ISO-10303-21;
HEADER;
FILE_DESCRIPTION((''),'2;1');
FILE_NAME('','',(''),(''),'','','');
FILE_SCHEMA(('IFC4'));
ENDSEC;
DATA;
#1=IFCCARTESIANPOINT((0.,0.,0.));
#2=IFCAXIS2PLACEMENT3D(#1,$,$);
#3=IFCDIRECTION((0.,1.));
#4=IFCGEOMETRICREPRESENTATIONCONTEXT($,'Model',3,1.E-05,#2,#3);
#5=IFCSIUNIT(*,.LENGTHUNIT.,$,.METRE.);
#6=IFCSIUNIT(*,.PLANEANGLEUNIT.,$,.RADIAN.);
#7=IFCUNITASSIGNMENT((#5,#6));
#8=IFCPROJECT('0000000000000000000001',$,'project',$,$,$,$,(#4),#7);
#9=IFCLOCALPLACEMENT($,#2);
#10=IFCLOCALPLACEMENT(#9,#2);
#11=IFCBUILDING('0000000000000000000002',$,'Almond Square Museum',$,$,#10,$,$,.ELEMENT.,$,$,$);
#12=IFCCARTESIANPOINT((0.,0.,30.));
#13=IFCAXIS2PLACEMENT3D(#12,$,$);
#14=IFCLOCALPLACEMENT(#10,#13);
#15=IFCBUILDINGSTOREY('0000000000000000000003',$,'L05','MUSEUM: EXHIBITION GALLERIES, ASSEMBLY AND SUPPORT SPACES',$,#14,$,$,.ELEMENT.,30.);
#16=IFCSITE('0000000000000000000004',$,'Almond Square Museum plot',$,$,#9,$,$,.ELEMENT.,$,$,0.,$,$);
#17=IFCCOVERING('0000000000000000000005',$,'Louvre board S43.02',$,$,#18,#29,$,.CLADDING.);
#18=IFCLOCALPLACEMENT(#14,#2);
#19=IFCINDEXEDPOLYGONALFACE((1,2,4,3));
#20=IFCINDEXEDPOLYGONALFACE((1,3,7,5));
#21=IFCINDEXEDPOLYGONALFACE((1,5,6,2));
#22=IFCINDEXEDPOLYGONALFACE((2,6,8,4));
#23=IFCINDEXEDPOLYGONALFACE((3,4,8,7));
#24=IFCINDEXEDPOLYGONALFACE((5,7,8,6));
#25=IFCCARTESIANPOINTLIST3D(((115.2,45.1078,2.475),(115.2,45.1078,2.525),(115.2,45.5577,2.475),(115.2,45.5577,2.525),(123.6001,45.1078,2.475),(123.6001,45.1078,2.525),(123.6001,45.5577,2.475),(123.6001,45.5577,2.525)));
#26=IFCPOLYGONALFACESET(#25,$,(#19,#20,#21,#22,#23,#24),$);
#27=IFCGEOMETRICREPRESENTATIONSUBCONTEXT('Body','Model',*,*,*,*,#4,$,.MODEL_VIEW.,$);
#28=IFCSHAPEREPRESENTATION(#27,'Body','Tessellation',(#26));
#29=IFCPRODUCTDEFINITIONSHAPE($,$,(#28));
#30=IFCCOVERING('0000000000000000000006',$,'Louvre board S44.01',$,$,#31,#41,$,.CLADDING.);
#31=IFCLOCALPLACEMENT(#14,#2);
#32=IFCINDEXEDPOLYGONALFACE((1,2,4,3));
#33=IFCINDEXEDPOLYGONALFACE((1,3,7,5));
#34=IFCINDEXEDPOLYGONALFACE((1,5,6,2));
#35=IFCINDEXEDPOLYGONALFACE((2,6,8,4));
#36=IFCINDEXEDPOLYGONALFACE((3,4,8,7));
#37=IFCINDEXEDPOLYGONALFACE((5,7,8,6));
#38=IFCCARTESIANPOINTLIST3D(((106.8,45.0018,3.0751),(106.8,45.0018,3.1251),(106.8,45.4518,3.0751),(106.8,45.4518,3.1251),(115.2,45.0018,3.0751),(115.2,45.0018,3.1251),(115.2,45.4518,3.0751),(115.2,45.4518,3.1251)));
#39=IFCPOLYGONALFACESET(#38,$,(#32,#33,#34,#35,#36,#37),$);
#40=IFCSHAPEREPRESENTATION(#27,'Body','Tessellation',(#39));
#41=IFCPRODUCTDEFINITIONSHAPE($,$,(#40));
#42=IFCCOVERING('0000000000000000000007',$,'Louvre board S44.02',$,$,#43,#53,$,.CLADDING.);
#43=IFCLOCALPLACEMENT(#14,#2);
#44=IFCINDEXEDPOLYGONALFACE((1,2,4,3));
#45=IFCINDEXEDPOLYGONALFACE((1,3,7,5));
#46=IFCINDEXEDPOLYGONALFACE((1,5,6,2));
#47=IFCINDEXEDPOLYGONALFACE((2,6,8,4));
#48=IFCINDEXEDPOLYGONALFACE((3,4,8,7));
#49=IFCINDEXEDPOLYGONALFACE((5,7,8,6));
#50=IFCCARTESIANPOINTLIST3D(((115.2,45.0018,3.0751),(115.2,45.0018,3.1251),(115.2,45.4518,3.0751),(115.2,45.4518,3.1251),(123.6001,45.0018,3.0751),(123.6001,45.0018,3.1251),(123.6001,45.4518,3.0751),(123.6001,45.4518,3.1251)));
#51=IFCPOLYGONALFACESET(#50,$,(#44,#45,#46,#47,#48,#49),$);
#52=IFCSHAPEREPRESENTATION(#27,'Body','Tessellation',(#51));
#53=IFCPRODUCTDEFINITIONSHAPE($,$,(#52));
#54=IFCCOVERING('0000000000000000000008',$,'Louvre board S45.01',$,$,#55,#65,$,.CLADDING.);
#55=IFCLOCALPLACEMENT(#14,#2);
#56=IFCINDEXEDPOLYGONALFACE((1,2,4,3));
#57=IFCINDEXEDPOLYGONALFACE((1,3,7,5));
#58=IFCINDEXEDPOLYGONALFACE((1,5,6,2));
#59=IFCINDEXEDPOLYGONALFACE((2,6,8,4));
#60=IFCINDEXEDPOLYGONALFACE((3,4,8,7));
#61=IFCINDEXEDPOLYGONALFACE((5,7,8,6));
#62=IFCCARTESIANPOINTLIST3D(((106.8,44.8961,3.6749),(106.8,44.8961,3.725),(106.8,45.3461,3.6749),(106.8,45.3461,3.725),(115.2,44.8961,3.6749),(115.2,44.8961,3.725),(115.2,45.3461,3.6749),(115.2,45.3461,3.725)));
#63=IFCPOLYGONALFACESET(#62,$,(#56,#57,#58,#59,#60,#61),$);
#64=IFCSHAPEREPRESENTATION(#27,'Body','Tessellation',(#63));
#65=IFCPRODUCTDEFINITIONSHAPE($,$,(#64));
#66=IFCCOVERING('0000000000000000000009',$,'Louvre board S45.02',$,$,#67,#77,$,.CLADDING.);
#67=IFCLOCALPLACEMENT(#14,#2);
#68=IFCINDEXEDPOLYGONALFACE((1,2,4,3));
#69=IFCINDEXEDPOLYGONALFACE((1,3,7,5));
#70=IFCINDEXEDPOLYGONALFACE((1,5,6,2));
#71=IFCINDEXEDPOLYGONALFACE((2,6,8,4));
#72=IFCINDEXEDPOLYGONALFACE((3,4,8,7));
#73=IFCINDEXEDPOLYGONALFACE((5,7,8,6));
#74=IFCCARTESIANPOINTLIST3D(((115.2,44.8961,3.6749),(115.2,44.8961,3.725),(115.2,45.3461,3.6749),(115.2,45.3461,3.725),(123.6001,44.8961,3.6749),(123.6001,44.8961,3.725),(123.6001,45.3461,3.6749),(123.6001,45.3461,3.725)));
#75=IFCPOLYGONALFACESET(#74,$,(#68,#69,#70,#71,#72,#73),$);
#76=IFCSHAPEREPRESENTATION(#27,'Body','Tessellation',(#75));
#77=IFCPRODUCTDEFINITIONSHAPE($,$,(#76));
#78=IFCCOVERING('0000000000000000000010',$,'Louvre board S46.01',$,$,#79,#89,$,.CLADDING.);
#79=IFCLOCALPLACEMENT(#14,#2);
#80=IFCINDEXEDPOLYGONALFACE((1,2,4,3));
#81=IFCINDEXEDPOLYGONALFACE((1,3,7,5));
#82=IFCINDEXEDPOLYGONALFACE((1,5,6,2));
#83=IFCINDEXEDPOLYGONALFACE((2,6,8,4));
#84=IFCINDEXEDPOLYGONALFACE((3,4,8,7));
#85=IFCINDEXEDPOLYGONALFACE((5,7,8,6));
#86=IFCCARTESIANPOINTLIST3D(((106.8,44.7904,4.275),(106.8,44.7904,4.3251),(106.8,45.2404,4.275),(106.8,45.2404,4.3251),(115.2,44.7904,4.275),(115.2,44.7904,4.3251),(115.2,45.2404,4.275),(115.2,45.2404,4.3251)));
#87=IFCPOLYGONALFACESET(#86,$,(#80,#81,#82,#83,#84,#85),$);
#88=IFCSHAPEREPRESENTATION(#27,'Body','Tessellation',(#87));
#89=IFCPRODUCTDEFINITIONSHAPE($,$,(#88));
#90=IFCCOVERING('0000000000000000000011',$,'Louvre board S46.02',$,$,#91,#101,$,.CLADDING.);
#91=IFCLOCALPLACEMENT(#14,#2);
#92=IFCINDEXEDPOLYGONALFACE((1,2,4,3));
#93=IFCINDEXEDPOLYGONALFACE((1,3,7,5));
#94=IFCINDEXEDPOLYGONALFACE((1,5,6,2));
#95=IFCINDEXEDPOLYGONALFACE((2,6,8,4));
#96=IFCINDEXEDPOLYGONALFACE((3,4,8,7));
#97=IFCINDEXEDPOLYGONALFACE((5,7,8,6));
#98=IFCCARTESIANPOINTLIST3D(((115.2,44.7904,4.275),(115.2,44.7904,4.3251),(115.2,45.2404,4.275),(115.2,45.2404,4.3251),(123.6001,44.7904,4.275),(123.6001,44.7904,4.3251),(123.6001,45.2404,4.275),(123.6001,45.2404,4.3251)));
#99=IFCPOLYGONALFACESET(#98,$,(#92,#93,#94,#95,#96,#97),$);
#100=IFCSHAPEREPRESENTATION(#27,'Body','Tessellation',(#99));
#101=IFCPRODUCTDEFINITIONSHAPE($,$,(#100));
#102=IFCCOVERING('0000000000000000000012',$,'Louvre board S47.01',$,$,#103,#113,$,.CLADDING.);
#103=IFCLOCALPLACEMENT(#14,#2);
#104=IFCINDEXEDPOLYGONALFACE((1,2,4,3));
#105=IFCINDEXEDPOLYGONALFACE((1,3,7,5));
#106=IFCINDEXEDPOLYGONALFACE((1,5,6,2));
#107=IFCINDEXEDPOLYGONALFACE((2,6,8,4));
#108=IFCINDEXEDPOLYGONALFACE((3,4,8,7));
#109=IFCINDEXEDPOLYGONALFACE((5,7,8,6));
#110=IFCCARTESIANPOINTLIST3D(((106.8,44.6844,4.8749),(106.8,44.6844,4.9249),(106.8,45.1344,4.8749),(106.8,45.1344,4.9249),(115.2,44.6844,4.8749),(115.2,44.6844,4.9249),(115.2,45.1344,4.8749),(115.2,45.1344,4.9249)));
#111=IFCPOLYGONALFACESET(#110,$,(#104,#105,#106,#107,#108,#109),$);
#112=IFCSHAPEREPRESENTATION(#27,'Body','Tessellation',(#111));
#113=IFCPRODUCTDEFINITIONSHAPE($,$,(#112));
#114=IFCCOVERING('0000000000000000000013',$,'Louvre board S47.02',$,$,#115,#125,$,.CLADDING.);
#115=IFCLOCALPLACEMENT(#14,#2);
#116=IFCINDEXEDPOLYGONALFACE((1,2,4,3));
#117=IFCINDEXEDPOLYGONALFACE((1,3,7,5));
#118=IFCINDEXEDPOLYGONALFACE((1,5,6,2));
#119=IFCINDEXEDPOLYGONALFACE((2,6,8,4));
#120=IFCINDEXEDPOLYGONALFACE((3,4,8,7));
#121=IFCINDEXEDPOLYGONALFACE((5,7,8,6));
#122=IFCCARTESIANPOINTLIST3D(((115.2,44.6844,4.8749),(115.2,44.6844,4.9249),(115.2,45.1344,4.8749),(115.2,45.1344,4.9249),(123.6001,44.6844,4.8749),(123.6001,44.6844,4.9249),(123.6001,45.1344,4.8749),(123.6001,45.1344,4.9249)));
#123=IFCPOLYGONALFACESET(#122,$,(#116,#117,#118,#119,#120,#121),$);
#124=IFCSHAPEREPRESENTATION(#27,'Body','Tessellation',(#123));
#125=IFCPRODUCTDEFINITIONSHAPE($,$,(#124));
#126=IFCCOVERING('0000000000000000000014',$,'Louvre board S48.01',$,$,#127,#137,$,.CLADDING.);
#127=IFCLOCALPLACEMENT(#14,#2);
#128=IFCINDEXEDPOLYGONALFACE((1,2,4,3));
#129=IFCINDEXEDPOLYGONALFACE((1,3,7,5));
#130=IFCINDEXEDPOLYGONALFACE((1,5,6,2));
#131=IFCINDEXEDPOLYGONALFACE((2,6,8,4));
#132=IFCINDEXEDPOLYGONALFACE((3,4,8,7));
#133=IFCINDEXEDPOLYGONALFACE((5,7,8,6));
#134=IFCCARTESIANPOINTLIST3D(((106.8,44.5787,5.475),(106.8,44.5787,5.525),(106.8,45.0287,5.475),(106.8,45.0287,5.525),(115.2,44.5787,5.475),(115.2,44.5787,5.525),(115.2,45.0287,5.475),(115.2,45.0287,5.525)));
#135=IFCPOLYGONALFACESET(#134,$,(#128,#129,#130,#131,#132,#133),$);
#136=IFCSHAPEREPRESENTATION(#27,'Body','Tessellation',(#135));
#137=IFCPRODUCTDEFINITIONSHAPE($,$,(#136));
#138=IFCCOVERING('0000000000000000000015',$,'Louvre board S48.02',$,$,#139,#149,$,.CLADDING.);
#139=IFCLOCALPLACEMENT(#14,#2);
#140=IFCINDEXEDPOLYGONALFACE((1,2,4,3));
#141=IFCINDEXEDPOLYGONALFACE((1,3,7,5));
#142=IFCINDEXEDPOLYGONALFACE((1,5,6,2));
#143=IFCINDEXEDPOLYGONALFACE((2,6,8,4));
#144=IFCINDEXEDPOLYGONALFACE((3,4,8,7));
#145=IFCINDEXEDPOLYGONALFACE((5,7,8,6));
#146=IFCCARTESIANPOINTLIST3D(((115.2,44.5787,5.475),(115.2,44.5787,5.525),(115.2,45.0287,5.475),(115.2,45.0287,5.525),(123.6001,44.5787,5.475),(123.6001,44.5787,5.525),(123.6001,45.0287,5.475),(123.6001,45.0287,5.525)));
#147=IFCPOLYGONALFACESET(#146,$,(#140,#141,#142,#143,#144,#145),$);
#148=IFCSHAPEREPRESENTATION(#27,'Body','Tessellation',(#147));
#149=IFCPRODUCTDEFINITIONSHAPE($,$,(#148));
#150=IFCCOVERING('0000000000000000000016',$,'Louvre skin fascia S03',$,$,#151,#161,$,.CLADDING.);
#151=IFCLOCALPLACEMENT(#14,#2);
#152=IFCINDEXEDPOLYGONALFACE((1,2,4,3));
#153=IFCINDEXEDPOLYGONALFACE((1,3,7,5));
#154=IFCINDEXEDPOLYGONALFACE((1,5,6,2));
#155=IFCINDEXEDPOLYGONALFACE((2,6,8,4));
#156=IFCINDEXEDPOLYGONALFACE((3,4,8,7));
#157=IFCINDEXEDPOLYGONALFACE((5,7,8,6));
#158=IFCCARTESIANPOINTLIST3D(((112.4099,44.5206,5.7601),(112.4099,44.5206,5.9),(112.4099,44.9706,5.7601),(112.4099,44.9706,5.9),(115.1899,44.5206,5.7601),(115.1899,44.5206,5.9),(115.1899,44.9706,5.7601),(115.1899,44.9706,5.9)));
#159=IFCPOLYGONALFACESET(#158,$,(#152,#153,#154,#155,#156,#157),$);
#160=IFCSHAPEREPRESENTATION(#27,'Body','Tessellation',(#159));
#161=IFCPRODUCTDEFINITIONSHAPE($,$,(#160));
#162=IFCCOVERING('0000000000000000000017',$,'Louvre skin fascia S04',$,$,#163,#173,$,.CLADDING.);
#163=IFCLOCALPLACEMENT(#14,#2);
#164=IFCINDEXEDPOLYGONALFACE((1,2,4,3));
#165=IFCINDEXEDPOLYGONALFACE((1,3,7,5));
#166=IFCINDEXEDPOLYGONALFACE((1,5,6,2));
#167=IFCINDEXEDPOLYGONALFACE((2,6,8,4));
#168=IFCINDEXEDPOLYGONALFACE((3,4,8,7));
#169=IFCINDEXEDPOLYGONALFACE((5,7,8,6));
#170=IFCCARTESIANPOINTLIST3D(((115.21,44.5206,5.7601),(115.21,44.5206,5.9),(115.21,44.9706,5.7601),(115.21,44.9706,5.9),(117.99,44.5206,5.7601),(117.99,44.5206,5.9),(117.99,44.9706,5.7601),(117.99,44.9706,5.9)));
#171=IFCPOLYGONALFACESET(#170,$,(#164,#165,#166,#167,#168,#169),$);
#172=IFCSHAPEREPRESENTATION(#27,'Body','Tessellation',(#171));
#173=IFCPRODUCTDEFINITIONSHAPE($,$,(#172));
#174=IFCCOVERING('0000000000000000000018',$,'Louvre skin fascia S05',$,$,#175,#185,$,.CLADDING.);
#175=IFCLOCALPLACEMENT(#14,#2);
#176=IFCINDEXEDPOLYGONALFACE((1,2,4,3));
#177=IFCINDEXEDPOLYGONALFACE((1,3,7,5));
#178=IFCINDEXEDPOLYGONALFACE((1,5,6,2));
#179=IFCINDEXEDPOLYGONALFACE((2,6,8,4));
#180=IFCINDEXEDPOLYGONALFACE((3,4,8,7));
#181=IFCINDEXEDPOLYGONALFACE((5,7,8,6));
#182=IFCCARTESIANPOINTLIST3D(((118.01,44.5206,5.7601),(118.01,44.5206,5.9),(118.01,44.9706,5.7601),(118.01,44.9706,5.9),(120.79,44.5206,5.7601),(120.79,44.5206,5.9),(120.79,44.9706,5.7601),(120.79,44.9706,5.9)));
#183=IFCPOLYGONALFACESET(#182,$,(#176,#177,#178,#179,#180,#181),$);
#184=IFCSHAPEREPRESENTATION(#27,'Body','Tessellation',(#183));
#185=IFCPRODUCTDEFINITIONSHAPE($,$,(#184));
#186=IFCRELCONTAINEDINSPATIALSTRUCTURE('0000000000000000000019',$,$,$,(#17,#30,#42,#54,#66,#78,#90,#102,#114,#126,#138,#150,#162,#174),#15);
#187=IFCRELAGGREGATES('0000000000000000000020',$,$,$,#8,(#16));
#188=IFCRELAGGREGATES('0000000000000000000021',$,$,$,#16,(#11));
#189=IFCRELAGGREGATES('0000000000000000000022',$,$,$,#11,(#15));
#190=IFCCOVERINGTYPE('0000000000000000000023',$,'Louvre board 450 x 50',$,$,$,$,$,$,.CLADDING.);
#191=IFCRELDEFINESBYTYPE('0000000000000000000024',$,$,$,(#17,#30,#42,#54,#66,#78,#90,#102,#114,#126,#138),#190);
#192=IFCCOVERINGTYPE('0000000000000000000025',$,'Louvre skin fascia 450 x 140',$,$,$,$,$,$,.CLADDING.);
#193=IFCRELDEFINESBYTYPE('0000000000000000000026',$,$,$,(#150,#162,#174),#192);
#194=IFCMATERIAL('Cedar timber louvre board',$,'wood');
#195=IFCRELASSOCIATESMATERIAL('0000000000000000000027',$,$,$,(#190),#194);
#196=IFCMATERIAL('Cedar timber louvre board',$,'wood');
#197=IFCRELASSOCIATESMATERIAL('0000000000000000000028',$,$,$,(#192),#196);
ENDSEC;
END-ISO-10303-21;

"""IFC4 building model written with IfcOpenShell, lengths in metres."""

from ifc_helpers import new_model, si_unit, direction, frame, origin, origin_2d, place, context, subcontext, project, spatial, rectangle, extrude, material, material_profile, profile_set, type_object, element, save


model = new_model("IFC4")

# Units and contexts
model_context = context("Model", 3, precision=1e-05, world=origin(), true_north=direction((0.0, 1.0)))
body_context = subcontext(model_context, "Body", "Model", "MODEL_VIEW")
ifc_project = project(units=[si_unit("LENGTHUNIT", "METRE"), si_unit("PLANEANGLEUNIT", "RADIAN")], contexts=[model_context])

# Site, building, storey
site_placement = place(None, origin())
site = spatial("IfcSite", under=ifc_project, at=site_placement, Name="Almond Square Museum plot", CompositionType="ELEMENT", RefElevation=0.0)
building_placement = place(site_placement, origin())
building = spatial("IfcBuilding", under=site, at=building_placement, Name="Almond Square Museum", CompositionType="ELEMENT")
storey_placement = place(building_placement, frame((0.0, 0.0, 30.0)))
storey = spatial("IfcBuildingStorey", under=building, at=storey_placement, Name="L05", Description="MUSEUM: EXHIBITION GALLERIES, ASSEMBLY AND SUPPORT SPACES", CompositionType="ELEMENT", Elevation=30.0)

# Coverings
ifc_material_1 = material(Name="Cedar timber louvre board", Category="wood")
ifc_material_profile_1 = material_profile(ifc_material_1, rectangle(XDim=0.45, YDim=0.05, at=origin_2d()))
ifc_profile_set_1 = profile_set([ifc_material_profile_1], Name="Cedar timber louvre board")
covering_type_1 = type_object("IfcCoveringType", Name="Louvre board 450 x 50", PredefinedType="CLADDING", material=ifc_profile_set_1)
covering_1_placement = place(storey_placement, frame((115.2, 45.3328, 2.5), z_axis=(1.0, 0.0, 0.0), x_axis=(0.0, 1.0, 0.0)))
element("IfcCovering", 1, at=covering_1_placement, inside=storey, type_object=covering_type_1, Name="Louvre board S43.02", PredefinedType="CLADDING", context=body_context, shape_type="SweptSolid", body=[
    extrude(rectangle(XDim=0.45, YDim=0.05, at=origin_2d()), origin(), (0.0, 0.0, 1.0), 8.4001),
])
covering_2_placement = place(storey_placement, frame((106.8, 45.2268, 3.1001), z_axis=(1.0, 0.0, 0.0), x_axis=(0.0, 1.0, 0.0)))
element("IfcCovering", 2, at=covering_2_placement, inside=storey, type_object=covering_type_1, Name="Louvre board S44.01", PredefinedType="CLADDING", context=body_context, shape_type="SweptSolid", body=[
    extrude(rectangle(XDim=0.45, YDim=0.05, at=origin_2d()), origin(), (0.0, 0.0, 1.0), 8.3999),
])
covering_3_placement = place(storey_placement, frame((115.2, 45.2268, 3.1001), z_axis=(1.0, 0.0, 0.0), x_axis=(0.0, 1.0, 0.0)))
element("IfcCovering", 3, at=covering_3_placement, inside=storey, type_object=covering_type_1, Name="Louvre board S44.02", PredefinedType="CLADDING", context=body_context, shape_type="SweptSolid", body=[
    extrude(rectangle(XDim=0.45, YDim=0.05, at=origin_2d()), origin(), (0.0, 0.0, 1.0), 8.4001),
])
covering_4_placement = place(storey_placement, frame((106.8, 45.1211, 3.7), z_axis=(1.0, 0.0, 0.0), x_axis=(0.0, 1.0, 0.0)))
element("IfcCovering", 4, at=covering_4_placement, inside=storey, type_object=covering_type_1, Name="Louvre board S45.01", PredefinedType="CLADDING", context=body_context, shape_type="SweptSolid", body=[
    extrude(rectangle(XDim=0.45, YDim=0.05, at=origin_2d()), origin(), (0.0, 0.0, 1.0), 8.3999),
])
covering_5_placement = place(storey_placement, frame((115.2, 45.1211, 3.7), z_axis=(1.0, 0.0, 0.0), x_axis=(0.0, 1.0, 0.0)))
element("IfcCovering", 5, at=covering_5_placement, inside=storey, type_object=covering_type_1, Name="Louvre board S45.02", PredefinedType="CLADDING", context=body_context, shape_type="SweptSolid", body=[
    extrude(rectangle(XDim=0.45, YDim=0.05, at=origin_2d()), origin(), (0.0, 0.0, 1.0), 8.4001),
])
covering_6_placement = place(storey_placement, frame((106.8, 45.0154, 4.3), z_axis=(1.0, 0.0, 0.0), x_axis=(0.0, 1.0, 0.0)))
element("IfcCovering", 6, at=covering_6_placement, inside=storey, type_object=covering_type_1, Name="Louvre board S46.01", PredefinedType="CLADDING", context=body_context, shape_type="SweptSolid", body=[
    extrude(rectangle(XDim=0.45, YDim=0.05, at=origin_2d()), origin(), (0.0, 0.0, 1.0), 8.3999),
])
covering_7_placement = place(storey_placement, frame((115.2, 45.0154, 4.3), z_axis=(1.0, 0.0, 0.0), x_axis=(0.0, 1.0, 0.0)))
element("IfcCovering", 7, at=covering_7_placement, inside=storey, type_object=covering_type_1, Name="Louvre board S46.02", PredefinedType="CLADDING", context=body_context, shape_type="SweptSolid", body=[
    extrude(rectangle(XDim=0.45, YDim=0.05, at=origin_2d()), origin(), (0.0, 0.0, 1.0), 8.4001),
])
covering_8_placement = place(storey_placement, frame((106.8, 44.9094, 4.8999), z_axis=(1.0, 0.0, 0.0), x_axis=(0.0, 1.0, 0.0)))
element("IfcCovering", 8, at=covering_8_placement, inside=storey, type_object=covering_type_1, Name="Louvre board S47.01", PredefinedType="CLADDING", context=body_context, shape_type="SweptSolid", body=[
    extrude(rectangle(XDim=0.45, YDim=0.05, at=origin_2d()), origin(), (0.0, 0.0, 1.0), 8.3999),
])
covering_9_placement = place(storey_placement, frame((115.2, 44.9094, 4.8999), z_axis=(1.0, 0.0, 0.0), x_axis=(0.0, 1.0, 0.0)))
element("IfcCovering", 9, at=covering_9_placement, inside=storey, type_object=covering_type_1, Name="Louvre board S47.02", PredefinedType="CLADDING", context=body_context, shape_type="SweptSolid", body=[
    extrude(rectangle(XDim=0.45, YDim=0.05, at=origin_2d()), origin(), (0.0, 0.0, 1.0), 8.4001),
])
covering_10_placement = place(storey_placement, frame((106.8, 44.8037, 5.5), z_axis=(1.0, 0.0, 0.0), x_axis=(0.0, 1.0, 0.0)))
element("IfcCovering", 10, at=covering_10_placement, inside=storey, type_object=covering_type_1, Name="Louvre board S48.01", PredefinedType="CLADDING", context=body_context, shape_type="SweptSolid", body=[
    extrude(rectangle(XDim=0.45, YDim=0.05, at=origin_2d()), origin(), (0.0, 0.0, 1.0), 8.3999),
])
covering_11_placement = place(storey_placement, frame((115.2, 44.8037, 5.5), z_axis=(1.0, 0.0, 0.0), x_axis=(0.0, 1.0, 0.0)))
element("IfcCovering", 11, at=covering_11_placement, inside=storey, type_object=covering_type_1, Name="Louvre board S48.02", PredefinedType="CLADDING", context=body_context, shape_type="SweptSolid", body=[
    extrude(rectangle(XDim=0.45, YDim=0.05, at=origin_2d()), origin(), (0.0, 0.0, 1.0), 8.4001),
])
ifc_material_2 = material(Name="Cedar timber louvre board", Category="wood")
ifc_material_profile_2 = material_profile(ifc_material_2, rectangle(XDim=0.45, YDim=0.1399, at=origin_2d()))
ifc_profile_set_2 = profile_set([ifc_material_profile_2], Name="Cedar timber louvre board")
covering_type_2 = type_object("IfcCoveringType", Name="Louvre skin fascia 450 x 140", PredefinedType="CLADDING", material=ifc_profile_set_2)
for number, where, z_axis, x_axis, name in (
    (12, (112.4099, 44.7456, 5.8301), (1.0, 0.0, 0.0), (0.0, 1.0, 0.0), "Louvre skin fascia S03"),
    (13, (115.21, 44.7456, 5.8301), (1.0, 0.0, 0.0), (0.0, 1.0, 0.0), "Louvre skin fascia S04"),
    (14, (118.01, 44.7456, 5.8301), (1.0, 0.0, 0.0), (0.0, 1.0, 0.0), "Louvre skin fascia S05"),
):
    element("IfcCovering", number, at=place(storey_placement, frame(where, z_axis=z_axis, x_axis=x_axis)), inside=storey, type_object=covering_type_2, Name=name, PredefinedType="CLADDING", context=body_context, shape_type="SweptSolid", body=[
        extrude(rectangle(XDim=0.45, YDim=0.1399, at=origin_2d()), origin(), (0.0, 0.0, 1.0), 2.78),
    ])

save(model, "model.ifc")
